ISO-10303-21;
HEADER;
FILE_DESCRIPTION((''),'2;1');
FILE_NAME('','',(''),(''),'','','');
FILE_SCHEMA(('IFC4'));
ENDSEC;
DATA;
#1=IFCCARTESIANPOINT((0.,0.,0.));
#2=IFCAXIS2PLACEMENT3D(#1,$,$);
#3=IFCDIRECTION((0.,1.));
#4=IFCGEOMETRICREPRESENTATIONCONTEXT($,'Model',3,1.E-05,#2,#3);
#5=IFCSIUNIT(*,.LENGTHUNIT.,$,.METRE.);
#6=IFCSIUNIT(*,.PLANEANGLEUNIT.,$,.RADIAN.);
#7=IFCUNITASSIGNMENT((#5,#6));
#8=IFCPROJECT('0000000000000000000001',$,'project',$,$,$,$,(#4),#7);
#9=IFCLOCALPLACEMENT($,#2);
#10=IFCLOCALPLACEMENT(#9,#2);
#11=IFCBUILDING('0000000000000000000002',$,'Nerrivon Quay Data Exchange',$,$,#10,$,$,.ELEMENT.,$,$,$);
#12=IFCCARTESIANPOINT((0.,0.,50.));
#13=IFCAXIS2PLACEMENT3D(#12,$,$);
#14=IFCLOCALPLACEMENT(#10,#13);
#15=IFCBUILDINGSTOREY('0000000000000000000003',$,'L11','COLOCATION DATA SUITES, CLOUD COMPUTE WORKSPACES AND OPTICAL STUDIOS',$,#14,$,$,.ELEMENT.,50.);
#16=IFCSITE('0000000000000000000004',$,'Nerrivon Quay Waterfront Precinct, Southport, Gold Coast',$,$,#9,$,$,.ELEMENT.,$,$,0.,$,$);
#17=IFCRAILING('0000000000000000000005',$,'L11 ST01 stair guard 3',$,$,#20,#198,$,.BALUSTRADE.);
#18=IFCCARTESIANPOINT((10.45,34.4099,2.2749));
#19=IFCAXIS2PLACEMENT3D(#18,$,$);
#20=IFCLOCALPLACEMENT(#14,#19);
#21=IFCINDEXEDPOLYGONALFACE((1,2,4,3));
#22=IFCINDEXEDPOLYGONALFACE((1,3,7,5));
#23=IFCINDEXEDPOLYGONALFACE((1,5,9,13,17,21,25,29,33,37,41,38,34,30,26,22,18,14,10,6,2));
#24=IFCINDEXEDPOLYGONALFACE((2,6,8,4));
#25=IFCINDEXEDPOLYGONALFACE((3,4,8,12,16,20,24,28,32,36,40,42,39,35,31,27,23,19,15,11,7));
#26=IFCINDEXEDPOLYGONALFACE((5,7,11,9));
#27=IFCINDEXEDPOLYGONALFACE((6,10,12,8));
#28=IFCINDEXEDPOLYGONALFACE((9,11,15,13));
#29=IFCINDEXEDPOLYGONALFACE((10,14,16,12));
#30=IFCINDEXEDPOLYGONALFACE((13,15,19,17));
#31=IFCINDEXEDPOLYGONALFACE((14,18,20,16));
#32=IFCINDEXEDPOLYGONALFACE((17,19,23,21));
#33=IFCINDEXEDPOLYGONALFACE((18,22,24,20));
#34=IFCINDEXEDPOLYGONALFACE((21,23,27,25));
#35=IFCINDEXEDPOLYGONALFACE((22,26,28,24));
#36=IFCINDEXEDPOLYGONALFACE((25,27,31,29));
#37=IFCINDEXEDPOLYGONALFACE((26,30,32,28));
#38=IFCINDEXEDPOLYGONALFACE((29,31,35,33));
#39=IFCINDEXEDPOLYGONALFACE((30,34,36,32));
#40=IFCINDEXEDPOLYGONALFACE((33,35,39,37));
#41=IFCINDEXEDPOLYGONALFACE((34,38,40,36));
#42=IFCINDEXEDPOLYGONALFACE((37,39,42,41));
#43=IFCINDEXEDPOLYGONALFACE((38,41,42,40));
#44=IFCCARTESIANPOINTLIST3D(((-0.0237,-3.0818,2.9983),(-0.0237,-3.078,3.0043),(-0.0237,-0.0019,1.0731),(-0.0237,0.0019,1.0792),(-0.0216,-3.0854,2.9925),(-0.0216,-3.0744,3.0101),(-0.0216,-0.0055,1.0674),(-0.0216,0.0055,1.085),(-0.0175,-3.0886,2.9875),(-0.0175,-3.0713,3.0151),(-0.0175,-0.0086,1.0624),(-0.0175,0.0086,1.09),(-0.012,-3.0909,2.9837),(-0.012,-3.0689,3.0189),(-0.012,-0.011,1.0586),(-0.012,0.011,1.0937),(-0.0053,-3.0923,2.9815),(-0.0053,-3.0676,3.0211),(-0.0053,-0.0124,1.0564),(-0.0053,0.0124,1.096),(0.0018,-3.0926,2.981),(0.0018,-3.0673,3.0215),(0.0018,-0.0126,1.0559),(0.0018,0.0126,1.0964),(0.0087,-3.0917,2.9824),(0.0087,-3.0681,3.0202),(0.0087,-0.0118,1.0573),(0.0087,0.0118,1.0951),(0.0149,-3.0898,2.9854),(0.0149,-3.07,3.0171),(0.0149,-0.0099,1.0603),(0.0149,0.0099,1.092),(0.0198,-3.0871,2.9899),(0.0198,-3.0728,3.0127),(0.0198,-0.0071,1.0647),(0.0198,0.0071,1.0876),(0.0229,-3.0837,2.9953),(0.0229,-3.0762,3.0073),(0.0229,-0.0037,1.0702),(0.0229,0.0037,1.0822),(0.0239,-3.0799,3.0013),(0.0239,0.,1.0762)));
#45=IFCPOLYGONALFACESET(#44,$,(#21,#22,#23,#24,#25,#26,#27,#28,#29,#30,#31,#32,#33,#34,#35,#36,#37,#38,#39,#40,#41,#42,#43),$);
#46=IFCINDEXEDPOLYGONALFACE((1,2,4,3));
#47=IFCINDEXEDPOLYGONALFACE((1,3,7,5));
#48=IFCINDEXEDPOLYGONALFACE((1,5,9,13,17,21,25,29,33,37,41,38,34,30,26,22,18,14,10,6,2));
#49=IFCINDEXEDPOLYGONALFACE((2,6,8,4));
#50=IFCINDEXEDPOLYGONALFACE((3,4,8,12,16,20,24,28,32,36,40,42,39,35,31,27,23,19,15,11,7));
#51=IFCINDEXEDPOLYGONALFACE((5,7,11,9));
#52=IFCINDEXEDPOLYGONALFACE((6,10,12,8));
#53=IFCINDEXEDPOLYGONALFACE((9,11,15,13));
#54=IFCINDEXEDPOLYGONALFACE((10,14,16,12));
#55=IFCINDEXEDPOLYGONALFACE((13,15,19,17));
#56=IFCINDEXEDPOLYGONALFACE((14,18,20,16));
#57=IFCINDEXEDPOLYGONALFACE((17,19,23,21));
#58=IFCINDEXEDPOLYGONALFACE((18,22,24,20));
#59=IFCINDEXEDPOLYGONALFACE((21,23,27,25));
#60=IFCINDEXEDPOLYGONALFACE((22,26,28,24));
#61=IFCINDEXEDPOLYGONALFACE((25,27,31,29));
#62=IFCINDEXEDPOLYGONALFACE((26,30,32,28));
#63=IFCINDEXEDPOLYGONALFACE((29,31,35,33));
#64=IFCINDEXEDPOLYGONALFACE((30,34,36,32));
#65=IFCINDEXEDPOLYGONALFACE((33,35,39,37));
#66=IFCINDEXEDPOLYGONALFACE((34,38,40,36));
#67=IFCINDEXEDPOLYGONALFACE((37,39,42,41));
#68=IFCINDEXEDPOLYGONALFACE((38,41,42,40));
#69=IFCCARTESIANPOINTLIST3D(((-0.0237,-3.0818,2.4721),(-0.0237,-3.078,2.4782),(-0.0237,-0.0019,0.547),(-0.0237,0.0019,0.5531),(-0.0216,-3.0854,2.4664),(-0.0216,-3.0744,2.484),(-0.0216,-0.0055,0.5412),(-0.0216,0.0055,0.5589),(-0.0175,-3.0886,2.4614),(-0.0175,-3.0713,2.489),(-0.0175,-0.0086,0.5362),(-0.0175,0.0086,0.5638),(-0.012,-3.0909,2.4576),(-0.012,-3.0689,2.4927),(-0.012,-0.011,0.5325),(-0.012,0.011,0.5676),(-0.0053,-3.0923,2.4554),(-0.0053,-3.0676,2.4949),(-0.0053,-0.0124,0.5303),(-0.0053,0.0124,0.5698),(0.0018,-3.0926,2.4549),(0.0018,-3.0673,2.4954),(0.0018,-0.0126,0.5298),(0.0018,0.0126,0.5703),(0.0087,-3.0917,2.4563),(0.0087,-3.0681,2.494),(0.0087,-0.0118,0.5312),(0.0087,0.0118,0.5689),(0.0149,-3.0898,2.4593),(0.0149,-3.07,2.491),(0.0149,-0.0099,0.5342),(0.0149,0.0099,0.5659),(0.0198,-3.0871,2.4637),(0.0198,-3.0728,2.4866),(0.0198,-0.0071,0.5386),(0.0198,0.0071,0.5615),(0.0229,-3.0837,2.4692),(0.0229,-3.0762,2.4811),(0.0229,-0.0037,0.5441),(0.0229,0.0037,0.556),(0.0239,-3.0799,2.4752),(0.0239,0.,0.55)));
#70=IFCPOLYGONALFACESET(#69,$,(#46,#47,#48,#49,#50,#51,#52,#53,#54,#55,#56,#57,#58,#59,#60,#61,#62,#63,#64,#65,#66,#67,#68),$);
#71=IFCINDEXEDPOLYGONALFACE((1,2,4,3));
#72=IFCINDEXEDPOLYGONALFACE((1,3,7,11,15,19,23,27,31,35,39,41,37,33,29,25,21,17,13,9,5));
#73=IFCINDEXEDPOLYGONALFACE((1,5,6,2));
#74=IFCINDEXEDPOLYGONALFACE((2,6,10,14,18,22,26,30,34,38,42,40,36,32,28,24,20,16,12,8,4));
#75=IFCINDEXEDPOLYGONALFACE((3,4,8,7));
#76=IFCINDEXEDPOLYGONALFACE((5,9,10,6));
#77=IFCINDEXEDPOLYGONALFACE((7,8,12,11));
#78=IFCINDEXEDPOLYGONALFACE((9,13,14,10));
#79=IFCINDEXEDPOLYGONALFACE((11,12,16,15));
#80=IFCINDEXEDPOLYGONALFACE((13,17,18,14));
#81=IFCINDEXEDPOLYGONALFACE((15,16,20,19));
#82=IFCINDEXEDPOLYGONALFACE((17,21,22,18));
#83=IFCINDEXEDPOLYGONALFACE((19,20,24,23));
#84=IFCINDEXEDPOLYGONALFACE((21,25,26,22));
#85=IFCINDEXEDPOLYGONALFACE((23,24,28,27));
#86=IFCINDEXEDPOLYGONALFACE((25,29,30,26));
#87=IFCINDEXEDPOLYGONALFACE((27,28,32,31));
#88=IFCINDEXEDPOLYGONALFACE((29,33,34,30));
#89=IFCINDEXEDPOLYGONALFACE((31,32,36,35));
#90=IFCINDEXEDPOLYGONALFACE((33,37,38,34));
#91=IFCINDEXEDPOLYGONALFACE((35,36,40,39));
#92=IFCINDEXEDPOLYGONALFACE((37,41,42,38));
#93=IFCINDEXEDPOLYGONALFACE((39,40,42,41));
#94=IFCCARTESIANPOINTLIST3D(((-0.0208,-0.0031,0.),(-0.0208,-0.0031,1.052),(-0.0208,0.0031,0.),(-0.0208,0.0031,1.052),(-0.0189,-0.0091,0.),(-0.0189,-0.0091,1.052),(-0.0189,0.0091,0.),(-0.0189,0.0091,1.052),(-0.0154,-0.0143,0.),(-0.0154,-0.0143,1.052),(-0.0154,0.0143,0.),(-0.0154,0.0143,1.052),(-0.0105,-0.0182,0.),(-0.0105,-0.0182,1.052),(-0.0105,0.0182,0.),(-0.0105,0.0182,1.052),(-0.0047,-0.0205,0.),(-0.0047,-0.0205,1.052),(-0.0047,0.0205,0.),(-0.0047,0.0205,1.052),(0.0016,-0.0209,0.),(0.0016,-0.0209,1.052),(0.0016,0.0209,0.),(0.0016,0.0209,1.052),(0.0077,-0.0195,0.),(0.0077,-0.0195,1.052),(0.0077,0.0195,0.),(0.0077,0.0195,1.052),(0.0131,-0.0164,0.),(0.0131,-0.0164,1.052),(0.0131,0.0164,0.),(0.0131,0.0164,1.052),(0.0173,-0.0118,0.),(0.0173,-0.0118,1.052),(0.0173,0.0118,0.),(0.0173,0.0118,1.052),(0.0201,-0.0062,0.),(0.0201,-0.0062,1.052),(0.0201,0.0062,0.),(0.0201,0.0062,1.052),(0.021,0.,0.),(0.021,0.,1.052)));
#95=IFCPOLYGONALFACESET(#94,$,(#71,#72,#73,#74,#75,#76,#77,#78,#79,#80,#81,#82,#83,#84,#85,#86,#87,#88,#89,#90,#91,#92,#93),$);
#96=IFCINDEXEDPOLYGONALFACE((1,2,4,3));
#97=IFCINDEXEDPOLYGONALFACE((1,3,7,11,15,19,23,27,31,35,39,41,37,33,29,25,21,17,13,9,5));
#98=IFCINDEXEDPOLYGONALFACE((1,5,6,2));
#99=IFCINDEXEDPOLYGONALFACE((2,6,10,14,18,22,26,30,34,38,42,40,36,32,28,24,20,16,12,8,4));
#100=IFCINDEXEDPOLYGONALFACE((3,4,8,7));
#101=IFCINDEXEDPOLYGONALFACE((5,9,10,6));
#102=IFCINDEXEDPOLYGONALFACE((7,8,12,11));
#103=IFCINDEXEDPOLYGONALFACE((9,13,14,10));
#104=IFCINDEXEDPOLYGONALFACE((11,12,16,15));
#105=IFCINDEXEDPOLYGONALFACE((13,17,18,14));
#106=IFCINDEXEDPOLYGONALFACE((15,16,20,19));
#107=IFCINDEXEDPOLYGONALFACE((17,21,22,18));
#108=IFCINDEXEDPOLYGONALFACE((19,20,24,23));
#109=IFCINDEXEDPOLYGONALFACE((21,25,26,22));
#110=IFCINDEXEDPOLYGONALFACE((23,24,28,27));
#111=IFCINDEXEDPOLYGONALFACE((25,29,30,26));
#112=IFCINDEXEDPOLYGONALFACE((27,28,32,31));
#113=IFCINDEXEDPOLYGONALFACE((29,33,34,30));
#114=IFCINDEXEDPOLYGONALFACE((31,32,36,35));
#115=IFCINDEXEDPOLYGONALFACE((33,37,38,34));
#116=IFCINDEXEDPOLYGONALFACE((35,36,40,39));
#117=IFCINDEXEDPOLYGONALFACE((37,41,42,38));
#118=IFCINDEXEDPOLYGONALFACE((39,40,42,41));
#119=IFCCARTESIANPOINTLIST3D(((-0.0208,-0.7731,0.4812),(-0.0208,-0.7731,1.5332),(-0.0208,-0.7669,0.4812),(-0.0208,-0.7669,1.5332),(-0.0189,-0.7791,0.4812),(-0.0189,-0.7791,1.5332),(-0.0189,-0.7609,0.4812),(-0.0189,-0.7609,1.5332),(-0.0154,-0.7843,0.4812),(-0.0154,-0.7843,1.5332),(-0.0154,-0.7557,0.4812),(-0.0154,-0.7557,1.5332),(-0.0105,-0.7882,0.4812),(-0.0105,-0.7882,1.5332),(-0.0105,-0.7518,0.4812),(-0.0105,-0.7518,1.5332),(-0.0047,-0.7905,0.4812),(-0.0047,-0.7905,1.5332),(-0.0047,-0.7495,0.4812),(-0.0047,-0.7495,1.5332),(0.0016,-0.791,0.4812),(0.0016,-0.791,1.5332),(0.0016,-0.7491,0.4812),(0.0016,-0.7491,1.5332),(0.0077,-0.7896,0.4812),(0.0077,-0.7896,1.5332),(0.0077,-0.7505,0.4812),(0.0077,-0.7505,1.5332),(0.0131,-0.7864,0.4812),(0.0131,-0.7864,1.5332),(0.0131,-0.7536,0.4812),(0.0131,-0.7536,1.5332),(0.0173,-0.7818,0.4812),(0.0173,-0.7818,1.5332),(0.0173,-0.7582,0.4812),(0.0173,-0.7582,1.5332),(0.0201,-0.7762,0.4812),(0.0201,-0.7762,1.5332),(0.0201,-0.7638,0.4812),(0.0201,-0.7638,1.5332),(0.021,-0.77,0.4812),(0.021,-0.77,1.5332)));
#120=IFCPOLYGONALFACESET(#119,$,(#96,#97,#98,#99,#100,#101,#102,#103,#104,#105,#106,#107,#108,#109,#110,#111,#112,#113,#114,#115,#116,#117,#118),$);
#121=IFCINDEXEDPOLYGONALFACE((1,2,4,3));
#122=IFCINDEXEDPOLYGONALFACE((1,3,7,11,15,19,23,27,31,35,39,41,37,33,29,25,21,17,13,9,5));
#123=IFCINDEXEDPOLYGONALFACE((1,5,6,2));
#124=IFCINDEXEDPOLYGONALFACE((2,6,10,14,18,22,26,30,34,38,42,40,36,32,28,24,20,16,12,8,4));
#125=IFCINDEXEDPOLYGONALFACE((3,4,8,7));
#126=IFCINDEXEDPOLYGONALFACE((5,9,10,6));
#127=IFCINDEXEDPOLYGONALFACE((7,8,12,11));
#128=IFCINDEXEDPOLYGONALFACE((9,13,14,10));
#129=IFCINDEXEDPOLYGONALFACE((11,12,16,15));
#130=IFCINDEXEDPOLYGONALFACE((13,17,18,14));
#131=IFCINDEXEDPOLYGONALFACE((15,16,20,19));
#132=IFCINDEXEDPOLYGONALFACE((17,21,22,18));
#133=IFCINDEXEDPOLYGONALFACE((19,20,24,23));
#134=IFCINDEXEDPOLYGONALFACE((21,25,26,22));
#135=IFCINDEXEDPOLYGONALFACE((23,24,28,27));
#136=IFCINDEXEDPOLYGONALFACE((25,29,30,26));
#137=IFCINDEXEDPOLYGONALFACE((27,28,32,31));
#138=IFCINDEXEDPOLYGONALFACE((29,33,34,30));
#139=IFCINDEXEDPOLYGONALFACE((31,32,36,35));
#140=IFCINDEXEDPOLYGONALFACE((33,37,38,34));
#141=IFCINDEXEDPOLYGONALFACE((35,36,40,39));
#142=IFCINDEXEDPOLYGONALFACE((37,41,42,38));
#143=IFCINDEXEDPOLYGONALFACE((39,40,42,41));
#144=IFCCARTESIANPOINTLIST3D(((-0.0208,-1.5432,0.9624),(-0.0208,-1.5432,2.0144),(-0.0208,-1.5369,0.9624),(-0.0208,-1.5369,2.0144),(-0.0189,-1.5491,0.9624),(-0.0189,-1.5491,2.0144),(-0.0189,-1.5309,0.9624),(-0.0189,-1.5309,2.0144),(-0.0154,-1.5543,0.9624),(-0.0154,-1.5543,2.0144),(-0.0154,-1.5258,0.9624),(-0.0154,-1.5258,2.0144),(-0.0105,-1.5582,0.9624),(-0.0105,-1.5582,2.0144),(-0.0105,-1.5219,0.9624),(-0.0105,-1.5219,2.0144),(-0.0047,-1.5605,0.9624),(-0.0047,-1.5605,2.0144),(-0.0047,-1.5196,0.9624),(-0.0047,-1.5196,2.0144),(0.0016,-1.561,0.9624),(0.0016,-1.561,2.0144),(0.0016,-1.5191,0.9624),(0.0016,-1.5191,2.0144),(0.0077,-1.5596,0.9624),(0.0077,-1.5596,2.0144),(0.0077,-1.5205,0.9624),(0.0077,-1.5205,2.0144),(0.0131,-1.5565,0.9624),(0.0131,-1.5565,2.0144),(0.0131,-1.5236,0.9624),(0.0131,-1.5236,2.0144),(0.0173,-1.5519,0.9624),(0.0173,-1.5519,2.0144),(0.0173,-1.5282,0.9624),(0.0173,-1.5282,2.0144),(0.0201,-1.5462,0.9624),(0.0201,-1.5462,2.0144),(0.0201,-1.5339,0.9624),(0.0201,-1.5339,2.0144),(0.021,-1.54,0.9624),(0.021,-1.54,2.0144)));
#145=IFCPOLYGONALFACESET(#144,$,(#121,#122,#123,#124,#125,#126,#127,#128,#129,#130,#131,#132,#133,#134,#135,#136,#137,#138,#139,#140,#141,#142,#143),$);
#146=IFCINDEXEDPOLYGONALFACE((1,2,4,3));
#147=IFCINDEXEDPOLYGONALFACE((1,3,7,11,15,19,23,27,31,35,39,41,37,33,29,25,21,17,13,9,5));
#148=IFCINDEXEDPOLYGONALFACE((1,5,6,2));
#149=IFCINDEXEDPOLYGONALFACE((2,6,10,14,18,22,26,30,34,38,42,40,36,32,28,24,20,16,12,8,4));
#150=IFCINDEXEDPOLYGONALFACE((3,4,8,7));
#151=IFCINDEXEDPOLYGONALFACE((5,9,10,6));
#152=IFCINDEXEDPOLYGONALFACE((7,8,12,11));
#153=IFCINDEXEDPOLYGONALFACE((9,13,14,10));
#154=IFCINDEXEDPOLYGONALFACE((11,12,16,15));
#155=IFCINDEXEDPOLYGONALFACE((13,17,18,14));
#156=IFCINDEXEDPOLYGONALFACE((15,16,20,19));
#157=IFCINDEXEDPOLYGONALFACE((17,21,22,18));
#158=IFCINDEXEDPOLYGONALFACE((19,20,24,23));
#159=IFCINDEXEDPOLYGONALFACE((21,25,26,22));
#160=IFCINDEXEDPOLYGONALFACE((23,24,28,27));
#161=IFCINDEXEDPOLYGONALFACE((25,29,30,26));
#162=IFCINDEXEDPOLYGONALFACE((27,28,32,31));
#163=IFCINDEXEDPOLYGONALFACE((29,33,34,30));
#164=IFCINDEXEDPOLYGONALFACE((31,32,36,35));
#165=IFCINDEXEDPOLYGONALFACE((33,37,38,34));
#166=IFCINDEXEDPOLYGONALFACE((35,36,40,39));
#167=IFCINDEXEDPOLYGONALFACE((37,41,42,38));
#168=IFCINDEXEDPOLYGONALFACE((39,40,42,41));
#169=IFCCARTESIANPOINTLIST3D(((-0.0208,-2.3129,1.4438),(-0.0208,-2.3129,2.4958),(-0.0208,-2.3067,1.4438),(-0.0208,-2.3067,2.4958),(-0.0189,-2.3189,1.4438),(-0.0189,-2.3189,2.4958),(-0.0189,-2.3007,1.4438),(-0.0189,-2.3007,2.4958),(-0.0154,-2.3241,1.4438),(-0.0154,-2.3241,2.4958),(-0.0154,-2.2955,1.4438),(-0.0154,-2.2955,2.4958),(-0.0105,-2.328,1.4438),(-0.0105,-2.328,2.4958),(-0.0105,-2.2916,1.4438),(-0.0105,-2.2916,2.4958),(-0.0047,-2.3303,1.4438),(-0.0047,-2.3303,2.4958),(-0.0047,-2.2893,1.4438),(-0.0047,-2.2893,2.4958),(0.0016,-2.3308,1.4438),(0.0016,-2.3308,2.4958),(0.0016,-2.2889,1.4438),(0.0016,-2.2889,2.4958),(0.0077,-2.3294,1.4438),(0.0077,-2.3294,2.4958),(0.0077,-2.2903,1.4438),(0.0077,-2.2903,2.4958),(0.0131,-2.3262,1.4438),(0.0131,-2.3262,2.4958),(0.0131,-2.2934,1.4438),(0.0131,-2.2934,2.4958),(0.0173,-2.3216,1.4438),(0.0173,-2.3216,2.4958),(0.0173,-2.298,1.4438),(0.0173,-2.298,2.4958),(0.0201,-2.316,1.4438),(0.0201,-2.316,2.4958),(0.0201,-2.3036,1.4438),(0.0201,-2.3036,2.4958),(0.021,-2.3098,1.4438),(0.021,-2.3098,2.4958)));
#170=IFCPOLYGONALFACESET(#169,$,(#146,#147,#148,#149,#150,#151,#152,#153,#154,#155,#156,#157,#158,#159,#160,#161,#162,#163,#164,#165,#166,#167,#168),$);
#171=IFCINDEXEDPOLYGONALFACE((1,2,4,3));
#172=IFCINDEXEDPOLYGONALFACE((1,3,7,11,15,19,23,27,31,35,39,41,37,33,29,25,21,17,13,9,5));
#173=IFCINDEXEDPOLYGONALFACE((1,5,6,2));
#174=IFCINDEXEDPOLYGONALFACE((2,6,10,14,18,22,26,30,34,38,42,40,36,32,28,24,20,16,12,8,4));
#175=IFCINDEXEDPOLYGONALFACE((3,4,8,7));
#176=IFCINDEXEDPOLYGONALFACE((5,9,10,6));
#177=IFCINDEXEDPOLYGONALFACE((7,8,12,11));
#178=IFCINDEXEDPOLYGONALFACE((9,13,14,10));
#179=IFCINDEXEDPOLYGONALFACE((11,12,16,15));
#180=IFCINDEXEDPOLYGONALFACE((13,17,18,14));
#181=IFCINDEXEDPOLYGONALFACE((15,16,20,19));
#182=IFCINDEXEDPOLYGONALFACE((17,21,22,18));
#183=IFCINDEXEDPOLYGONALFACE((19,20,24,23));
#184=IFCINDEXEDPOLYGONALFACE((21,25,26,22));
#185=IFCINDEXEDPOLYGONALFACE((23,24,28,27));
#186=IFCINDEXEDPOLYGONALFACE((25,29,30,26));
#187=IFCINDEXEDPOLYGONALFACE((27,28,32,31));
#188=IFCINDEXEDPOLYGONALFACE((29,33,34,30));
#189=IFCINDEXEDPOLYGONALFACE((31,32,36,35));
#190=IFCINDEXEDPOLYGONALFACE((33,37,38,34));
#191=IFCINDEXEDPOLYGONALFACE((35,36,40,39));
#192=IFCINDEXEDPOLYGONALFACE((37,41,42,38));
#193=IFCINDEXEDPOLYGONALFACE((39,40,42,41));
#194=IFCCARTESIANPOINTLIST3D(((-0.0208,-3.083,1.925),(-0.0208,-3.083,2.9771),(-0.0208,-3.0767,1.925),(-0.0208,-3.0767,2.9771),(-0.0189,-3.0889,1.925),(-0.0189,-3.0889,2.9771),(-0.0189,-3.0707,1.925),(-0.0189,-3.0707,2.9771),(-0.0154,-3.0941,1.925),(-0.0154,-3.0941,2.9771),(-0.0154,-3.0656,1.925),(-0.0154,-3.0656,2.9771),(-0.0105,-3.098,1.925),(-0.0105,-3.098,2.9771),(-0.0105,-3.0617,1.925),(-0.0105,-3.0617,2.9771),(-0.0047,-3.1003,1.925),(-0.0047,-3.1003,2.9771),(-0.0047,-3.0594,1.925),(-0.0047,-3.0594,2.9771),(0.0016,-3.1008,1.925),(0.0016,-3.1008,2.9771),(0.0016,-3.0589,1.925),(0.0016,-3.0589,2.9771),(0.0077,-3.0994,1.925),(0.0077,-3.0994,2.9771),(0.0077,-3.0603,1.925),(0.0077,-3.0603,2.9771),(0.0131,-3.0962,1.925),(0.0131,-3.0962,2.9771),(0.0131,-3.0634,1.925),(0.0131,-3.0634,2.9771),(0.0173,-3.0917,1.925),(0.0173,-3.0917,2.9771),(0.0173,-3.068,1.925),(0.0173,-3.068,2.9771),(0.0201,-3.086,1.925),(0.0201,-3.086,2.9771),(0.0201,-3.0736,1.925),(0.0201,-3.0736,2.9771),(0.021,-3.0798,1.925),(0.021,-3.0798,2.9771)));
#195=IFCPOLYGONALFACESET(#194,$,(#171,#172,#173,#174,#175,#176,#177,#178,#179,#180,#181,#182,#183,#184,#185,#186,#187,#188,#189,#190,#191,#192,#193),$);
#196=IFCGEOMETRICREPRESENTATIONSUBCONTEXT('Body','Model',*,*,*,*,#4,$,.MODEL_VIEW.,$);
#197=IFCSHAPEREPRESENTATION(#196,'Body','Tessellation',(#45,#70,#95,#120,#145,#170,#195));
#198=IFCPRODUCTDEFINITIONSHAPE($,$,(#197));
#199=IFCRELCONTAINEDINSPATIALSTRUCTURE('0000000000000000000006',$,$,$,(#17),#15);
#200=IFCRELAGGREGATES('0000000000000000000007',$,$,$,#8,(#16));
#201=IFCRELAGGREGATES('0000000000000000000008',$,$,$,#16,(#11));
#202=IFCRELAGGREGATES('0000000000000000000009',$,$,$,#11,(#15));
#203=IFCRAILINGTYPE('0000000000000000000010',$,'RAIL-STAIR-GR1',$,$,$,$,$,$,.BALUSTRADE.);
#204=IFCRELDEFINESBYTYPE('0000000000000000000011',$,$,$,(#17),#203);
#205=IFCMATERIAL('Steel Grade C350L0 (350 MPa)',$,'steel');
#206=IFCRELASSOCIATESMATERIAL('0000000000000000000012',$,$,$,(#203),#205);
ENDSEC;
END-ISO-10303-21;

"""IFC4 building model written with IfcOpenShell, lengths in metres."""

from ifc_helpers import new_model, si_unit, direction, frame, origin, origin_2d, place, context, subcontext, project, spatial, circle, extrude, material, type_object, element, save


model = new_model("IFC4")

# Units and contexts
model_context = context("Model", 3, precision=1e-05, world=origin(), true_north=direction((0.0, 1.0)))
body_context = subcontext(model_context, "Body", "Model", "MODEL_VIEW")
ifc_project = project(units=[si_unit("LENGTHUNIT", "METRE"), si_unit("PLANEANGLEUNIT", "RADIAN")], contexts=[model_context])

# Site, building, storey
site_placement = place(None, origin())
site = spatial("IfcSite", under=ifc_project, at=site_placement, Name="Nerrivon Quay Waterfront Precinct, Southport, Gold Coast", CompositionType="ELEMENT", RefElevation=0.0)
building_placement = place(site_placement, origin())
building = spatial("IfcBuilding", under=site, at=building_placement, Name="Nerrivon Quay Data Exchange", CompositionType="ELEMENT")
storey_placement = place(building_placement, frame((0.0, 0.0, 50.0)))
storey = spatial("IfcBuildingStorey", under=building, at=storey_placement, Name="L11", Description="COLOCATION DATA SUITES, CLOUD COMPUTE WORKSPACES AND OPTICAL STUDIOS", CompositionType="ELEMENT", Elevation=50.0)

# Railing
ifc_material_1 = material(Name="Steel Grade C350L0 (350 MPa)", Category="steel")
railing_type_1 = type_object("IfcRailingType", Name="RAIL-STAIR-GR1", PredefinedType="BALUSTRADE", material=ifc_material_1)
railing_1_placement = place(storey_placement, frame((10.45, 34.4099, 2.2749)))
element("IfcRailing", 1, at=railing_1_placement, inside=storey, type_object=railing_type_1, Name="L11 ST01 stair guard 3", PredefinedType="BALUSTRADE", context=body_context, shape_type="SweptSolid", body=[
    extrude(circle(Radius=0.0239, at=origin_2d()), frame((0.0, 0.0, 1.0762), z_axis=(0.0, -0.847979, 0.530029), x_axis=(1.0, 0.0, 0.0)), (0.0, 0.0, 1.0), 3.6321),
    extrude(circle(Radius=0.0239, at=origin_2d()), frame((0.0, 0.0, 0.55), z_axis=(0.0, -0.847979, 0.530029), x_axis=(1.0, 0.0, 0.0)), (0.0, 0.0, 1.0), 3.6321),
    extrude(circle(Radius=0.021, at=origin_2d()), origin(), (0.0, 0.0, 1.0), 1.052),
    extrude(circle(Radius=0.021, at=origin_2d()), frame((0.0, -0.77, 0.4812)), (0.0, 0.0, 1.0), 1.052),
    extrude(circle(Radius=0.021, at=origin_2d()), frame((0.0, -1.54, 0.9624)), (0.0, 0.0, 1.0), 1.052),
    extrude(circle(Radius=0.021, at=origin_2d()), frame((0.0, -2.3098, 1.4438)), (0.0, 0.0, 1.0), 1.052),
    extrude(circle(Radius=0.021, at=origin_2d()), frame((0.0, -3.0798, 1.925)), (0.0, 0.0, 1.0), 1.052),
])

save(model, "model.ifc")
